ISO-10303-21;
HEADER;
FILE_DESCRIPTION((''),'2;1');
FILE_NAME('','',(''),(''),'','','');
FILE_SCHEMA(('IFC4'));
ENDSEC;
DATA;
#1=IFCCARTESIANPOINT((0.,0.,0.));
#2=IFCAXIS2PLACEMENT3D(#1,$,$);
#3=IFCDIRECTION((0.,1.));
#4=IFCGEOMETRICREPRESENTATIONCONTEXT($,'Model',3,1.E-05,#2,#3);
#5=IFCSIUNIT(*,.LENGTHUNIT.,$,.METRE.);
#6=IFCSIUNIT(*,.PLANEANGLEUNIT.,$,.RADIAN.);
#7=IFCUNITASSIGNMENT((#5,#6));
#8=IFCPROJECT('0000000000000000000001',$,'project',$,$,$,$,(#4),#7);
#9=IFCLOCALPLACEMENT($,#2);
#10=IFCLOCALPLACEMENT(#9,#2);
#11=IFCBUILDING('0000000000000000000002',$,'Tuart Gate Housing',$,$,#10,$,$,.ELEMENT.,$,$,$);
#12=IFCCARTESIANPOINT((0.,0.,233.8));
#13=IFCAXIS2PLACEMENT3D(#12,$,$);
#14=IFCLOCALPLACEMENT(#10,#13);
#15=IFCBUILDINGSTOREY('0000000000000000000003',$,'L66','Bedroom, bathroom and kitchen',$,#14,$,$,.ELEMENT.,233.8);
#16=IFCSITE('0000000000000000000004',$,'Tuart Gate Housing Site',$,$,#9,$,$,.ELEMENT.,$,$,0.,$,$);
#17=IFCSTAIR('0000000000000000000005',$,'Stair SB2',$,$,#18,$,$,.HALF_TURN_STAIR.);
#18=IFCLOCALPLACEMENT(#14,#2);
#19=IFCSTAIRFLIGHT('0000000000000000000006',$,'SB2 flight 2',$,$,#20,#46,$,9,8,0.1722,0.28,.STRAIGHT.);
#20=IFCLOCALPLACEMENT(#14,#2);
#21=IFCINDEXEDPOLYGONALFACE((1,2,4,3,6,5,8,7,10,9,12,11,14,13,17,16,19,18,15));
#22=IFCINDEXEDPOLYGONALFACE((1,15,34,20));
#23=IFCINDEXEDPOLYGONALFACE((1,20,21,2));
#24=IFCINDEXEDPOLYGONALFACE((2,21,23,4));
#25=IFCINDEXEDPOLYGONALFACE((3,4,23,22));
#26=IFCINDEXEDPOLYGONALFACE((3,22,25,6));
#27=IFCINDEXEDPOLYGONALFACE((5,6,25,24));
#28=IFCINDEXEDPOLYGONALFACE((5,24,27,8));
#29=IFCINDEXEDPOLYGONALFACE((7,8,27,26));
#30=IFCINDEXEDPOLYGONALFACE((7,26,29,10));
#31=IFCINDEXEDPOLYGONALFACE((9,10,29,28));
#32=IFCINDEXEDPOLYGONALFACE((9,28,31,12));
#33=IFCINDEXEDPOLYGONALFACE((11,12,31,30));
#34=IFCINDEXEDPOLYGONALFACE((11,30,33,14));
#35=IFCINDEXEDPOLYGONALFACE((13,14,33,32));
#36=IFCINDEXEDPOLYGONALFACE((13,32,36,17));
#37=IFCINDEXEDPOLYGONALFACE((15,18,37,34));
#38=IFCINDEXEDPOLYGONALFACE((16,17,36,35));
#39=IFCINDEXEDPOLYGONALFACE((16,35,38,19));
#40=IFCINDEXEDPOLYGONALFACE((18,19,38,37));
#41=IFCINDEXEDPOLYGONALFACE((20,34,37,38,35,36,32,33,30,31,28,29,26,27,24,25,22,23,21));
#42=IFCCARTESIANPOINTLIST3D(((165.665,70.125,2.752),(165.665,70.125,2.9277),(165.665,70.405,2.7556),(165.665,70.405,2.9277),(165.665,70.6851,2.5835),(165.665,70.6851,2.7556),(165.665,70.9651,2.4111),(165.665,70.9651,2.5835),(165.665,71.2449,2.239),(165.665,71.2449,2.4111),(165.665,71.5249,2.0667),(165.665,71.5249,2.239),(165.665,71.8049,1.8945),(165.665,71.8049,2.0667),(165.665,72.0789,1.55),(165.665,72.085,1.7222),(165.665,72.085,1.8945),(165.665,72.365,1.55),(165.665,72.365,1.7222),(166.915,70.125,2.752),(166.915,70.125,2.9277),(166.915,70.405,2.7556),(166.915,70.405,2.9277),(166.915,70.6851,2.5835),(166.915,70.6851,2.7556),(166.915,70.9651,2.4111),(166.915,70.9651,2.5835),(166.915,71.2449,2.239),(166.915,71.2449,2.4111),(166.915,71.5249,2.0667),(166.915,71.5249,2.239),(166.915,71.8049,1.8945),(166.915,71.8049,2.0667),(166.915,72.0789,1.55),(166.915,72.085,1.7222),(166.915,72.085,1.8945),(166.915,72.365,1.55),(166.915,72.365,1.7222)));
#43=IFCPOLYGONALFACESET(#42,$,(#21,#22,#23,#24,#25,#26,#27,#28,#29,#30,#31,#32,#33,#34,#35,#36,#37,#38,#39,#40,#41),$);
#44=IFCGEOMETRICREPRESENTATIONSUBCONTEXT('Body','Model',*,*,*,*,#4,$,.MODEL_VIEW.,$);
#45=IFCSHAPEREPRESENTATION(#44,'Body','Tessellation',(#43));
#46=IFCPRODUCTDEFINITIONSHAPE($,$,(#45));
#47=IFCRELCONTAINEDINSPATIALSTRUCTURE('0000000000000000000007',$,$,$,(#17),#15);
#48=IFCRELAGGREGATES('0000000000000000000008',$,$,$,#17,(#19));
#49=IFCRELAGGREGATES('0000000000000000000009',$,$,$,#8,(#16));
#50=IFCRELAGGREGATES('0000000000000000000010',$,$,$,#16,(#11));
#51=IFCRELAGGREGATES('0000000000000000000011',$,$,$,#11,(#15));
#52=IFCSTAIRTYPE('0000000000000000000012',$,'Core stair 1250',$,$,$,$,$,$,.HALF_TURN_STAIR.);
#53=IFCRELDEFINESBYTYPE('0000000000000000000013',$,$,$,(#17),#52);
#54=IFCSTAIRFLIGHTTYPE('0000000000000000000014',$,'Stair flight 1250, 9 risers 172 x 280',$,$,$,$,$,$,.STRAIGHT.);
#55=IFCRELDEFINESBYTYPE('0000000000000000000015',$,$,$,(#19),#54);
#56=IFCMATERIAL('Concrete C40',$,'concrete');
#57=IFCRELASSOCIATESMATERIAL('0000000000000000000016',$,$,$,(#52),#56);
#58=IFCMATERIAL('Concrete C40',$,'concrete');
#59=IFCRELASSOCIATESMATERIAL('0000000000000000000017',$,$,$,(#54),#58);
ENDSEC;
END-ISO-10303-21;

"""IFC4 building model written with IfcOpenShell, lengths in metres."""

from ifc_helpers import new_model, si_unit, direction, frame, origin, place, context, subcontext, project, spatial, polyline, outline, extrude, material, type_object, element, aggregate, save


model = new_model("IFC4")

# Units and contexts
model_context = context("Model", 3, precision=1e-05, world=origin(), true_north=direction((0.0, 1.0)))
body_context = subcontext(model_context, "Body", "Model", "MODEL_VIEW")
ifc_project = project(units=[si_unit("LENGTHUNIT", "METRE"), si_unit("PLANEANGLEUNIT", "RADIAN")], contexts=[model_context])

# Site, building, storey
site_placement = place(None, origin())
site = spatial("IfcSite", under=ifc_project, at=site_placement, Name="Tuart Gate Housing Site", CompositionType="ELEMENT", RefElevation=0.0)
building_placement = place(site_placement, origin())
building = spatial("IfcBuilding", under=site, at=building_placement, Name="Tuart Gate Housing", CompositionType="ELEMENT")
storey_placement = place(building_placement, frame((0.0, 0.0, 233.8)))
storey = spatial("IfcBuildingStorey", under=building, at=storey_placement, Name="L66", Description="Bedroom, bathroom and kitchen", CompositionType="ELEMENT", Elevation=233.8)

# Stair, stair flight
ifc_material_1 = material(Name="Concrete C40", Category="concrete")
stair_type = type_object("IfcStairType", Name="Core stair 1250", PredefinedType="HALF_TURN_STAIR", material=ifc_material_1)
stair_placement = place(storey_placement, origin())
stair = element("IfcStair", 1, at=stair_placement, inside=storey, type_object=stair_type, Name="Stair SB2", PredefinedType="HALF_TURN_STAIR")
ifc_material_2 = material(Name="Concrete C40", Category="concrete")
stair_flight_type = type_object("IfcStairFlightType", Name="Stair flight 1250, 9 risers 172 x 280", PredefinedType="STRAIGHT", material=ifc_material_2)
stair_flight_placement = place(storey_placement, frame((166.29, 72.365, 1.55), z_axis=(0.0, 0.0, 1.0), x_axis=(0.0, -1.0, 0.0)))
stair_flight = element("IfcStairFlight", 2, at=stair_flight_placement, type_object=stair_flight_type, Name="SB2 flight 2", NumberOfRisers=9, NumberOfTreads=8, PredefinedType="STRAIGHT", RiserHeight=0.1722, TreadLength=0.28, context=body_context, shape_type="SweptSolid", body=[
    extrude(outline(polyline([(0.0, 0.0), (0.0, 0.1721), (0.28, 0.1721), (0.28, 0.3445), (0.5601, 0.3445), (0.5601, 0.5166), (0.8401, 0.5166), (0.8401, 0.689), (1.1201, 0.689), (1.1201, 0.8611), (1.3999, 0.8611), (1.3999, 1.0334), (1.6799, 1.0334), (1.6799, 1.2056), (1.96, 1.2056), (1.96, 1.3777), (2.24, 1.3777), (2.24, 1.55), (2.24, 1.2019), (0.2861, 0.0), (0.0, 0.0)])), frame((0.0, 0.625, 0.0), z_axis=(0.0, -1.0, 0.0), x_axis=(1.0, 0.0, 0.0)), (0.0, 0.0, 1.0), 1.25),
])
aggregate(stair, [stair_flight])

save(model, "model.ifc")
